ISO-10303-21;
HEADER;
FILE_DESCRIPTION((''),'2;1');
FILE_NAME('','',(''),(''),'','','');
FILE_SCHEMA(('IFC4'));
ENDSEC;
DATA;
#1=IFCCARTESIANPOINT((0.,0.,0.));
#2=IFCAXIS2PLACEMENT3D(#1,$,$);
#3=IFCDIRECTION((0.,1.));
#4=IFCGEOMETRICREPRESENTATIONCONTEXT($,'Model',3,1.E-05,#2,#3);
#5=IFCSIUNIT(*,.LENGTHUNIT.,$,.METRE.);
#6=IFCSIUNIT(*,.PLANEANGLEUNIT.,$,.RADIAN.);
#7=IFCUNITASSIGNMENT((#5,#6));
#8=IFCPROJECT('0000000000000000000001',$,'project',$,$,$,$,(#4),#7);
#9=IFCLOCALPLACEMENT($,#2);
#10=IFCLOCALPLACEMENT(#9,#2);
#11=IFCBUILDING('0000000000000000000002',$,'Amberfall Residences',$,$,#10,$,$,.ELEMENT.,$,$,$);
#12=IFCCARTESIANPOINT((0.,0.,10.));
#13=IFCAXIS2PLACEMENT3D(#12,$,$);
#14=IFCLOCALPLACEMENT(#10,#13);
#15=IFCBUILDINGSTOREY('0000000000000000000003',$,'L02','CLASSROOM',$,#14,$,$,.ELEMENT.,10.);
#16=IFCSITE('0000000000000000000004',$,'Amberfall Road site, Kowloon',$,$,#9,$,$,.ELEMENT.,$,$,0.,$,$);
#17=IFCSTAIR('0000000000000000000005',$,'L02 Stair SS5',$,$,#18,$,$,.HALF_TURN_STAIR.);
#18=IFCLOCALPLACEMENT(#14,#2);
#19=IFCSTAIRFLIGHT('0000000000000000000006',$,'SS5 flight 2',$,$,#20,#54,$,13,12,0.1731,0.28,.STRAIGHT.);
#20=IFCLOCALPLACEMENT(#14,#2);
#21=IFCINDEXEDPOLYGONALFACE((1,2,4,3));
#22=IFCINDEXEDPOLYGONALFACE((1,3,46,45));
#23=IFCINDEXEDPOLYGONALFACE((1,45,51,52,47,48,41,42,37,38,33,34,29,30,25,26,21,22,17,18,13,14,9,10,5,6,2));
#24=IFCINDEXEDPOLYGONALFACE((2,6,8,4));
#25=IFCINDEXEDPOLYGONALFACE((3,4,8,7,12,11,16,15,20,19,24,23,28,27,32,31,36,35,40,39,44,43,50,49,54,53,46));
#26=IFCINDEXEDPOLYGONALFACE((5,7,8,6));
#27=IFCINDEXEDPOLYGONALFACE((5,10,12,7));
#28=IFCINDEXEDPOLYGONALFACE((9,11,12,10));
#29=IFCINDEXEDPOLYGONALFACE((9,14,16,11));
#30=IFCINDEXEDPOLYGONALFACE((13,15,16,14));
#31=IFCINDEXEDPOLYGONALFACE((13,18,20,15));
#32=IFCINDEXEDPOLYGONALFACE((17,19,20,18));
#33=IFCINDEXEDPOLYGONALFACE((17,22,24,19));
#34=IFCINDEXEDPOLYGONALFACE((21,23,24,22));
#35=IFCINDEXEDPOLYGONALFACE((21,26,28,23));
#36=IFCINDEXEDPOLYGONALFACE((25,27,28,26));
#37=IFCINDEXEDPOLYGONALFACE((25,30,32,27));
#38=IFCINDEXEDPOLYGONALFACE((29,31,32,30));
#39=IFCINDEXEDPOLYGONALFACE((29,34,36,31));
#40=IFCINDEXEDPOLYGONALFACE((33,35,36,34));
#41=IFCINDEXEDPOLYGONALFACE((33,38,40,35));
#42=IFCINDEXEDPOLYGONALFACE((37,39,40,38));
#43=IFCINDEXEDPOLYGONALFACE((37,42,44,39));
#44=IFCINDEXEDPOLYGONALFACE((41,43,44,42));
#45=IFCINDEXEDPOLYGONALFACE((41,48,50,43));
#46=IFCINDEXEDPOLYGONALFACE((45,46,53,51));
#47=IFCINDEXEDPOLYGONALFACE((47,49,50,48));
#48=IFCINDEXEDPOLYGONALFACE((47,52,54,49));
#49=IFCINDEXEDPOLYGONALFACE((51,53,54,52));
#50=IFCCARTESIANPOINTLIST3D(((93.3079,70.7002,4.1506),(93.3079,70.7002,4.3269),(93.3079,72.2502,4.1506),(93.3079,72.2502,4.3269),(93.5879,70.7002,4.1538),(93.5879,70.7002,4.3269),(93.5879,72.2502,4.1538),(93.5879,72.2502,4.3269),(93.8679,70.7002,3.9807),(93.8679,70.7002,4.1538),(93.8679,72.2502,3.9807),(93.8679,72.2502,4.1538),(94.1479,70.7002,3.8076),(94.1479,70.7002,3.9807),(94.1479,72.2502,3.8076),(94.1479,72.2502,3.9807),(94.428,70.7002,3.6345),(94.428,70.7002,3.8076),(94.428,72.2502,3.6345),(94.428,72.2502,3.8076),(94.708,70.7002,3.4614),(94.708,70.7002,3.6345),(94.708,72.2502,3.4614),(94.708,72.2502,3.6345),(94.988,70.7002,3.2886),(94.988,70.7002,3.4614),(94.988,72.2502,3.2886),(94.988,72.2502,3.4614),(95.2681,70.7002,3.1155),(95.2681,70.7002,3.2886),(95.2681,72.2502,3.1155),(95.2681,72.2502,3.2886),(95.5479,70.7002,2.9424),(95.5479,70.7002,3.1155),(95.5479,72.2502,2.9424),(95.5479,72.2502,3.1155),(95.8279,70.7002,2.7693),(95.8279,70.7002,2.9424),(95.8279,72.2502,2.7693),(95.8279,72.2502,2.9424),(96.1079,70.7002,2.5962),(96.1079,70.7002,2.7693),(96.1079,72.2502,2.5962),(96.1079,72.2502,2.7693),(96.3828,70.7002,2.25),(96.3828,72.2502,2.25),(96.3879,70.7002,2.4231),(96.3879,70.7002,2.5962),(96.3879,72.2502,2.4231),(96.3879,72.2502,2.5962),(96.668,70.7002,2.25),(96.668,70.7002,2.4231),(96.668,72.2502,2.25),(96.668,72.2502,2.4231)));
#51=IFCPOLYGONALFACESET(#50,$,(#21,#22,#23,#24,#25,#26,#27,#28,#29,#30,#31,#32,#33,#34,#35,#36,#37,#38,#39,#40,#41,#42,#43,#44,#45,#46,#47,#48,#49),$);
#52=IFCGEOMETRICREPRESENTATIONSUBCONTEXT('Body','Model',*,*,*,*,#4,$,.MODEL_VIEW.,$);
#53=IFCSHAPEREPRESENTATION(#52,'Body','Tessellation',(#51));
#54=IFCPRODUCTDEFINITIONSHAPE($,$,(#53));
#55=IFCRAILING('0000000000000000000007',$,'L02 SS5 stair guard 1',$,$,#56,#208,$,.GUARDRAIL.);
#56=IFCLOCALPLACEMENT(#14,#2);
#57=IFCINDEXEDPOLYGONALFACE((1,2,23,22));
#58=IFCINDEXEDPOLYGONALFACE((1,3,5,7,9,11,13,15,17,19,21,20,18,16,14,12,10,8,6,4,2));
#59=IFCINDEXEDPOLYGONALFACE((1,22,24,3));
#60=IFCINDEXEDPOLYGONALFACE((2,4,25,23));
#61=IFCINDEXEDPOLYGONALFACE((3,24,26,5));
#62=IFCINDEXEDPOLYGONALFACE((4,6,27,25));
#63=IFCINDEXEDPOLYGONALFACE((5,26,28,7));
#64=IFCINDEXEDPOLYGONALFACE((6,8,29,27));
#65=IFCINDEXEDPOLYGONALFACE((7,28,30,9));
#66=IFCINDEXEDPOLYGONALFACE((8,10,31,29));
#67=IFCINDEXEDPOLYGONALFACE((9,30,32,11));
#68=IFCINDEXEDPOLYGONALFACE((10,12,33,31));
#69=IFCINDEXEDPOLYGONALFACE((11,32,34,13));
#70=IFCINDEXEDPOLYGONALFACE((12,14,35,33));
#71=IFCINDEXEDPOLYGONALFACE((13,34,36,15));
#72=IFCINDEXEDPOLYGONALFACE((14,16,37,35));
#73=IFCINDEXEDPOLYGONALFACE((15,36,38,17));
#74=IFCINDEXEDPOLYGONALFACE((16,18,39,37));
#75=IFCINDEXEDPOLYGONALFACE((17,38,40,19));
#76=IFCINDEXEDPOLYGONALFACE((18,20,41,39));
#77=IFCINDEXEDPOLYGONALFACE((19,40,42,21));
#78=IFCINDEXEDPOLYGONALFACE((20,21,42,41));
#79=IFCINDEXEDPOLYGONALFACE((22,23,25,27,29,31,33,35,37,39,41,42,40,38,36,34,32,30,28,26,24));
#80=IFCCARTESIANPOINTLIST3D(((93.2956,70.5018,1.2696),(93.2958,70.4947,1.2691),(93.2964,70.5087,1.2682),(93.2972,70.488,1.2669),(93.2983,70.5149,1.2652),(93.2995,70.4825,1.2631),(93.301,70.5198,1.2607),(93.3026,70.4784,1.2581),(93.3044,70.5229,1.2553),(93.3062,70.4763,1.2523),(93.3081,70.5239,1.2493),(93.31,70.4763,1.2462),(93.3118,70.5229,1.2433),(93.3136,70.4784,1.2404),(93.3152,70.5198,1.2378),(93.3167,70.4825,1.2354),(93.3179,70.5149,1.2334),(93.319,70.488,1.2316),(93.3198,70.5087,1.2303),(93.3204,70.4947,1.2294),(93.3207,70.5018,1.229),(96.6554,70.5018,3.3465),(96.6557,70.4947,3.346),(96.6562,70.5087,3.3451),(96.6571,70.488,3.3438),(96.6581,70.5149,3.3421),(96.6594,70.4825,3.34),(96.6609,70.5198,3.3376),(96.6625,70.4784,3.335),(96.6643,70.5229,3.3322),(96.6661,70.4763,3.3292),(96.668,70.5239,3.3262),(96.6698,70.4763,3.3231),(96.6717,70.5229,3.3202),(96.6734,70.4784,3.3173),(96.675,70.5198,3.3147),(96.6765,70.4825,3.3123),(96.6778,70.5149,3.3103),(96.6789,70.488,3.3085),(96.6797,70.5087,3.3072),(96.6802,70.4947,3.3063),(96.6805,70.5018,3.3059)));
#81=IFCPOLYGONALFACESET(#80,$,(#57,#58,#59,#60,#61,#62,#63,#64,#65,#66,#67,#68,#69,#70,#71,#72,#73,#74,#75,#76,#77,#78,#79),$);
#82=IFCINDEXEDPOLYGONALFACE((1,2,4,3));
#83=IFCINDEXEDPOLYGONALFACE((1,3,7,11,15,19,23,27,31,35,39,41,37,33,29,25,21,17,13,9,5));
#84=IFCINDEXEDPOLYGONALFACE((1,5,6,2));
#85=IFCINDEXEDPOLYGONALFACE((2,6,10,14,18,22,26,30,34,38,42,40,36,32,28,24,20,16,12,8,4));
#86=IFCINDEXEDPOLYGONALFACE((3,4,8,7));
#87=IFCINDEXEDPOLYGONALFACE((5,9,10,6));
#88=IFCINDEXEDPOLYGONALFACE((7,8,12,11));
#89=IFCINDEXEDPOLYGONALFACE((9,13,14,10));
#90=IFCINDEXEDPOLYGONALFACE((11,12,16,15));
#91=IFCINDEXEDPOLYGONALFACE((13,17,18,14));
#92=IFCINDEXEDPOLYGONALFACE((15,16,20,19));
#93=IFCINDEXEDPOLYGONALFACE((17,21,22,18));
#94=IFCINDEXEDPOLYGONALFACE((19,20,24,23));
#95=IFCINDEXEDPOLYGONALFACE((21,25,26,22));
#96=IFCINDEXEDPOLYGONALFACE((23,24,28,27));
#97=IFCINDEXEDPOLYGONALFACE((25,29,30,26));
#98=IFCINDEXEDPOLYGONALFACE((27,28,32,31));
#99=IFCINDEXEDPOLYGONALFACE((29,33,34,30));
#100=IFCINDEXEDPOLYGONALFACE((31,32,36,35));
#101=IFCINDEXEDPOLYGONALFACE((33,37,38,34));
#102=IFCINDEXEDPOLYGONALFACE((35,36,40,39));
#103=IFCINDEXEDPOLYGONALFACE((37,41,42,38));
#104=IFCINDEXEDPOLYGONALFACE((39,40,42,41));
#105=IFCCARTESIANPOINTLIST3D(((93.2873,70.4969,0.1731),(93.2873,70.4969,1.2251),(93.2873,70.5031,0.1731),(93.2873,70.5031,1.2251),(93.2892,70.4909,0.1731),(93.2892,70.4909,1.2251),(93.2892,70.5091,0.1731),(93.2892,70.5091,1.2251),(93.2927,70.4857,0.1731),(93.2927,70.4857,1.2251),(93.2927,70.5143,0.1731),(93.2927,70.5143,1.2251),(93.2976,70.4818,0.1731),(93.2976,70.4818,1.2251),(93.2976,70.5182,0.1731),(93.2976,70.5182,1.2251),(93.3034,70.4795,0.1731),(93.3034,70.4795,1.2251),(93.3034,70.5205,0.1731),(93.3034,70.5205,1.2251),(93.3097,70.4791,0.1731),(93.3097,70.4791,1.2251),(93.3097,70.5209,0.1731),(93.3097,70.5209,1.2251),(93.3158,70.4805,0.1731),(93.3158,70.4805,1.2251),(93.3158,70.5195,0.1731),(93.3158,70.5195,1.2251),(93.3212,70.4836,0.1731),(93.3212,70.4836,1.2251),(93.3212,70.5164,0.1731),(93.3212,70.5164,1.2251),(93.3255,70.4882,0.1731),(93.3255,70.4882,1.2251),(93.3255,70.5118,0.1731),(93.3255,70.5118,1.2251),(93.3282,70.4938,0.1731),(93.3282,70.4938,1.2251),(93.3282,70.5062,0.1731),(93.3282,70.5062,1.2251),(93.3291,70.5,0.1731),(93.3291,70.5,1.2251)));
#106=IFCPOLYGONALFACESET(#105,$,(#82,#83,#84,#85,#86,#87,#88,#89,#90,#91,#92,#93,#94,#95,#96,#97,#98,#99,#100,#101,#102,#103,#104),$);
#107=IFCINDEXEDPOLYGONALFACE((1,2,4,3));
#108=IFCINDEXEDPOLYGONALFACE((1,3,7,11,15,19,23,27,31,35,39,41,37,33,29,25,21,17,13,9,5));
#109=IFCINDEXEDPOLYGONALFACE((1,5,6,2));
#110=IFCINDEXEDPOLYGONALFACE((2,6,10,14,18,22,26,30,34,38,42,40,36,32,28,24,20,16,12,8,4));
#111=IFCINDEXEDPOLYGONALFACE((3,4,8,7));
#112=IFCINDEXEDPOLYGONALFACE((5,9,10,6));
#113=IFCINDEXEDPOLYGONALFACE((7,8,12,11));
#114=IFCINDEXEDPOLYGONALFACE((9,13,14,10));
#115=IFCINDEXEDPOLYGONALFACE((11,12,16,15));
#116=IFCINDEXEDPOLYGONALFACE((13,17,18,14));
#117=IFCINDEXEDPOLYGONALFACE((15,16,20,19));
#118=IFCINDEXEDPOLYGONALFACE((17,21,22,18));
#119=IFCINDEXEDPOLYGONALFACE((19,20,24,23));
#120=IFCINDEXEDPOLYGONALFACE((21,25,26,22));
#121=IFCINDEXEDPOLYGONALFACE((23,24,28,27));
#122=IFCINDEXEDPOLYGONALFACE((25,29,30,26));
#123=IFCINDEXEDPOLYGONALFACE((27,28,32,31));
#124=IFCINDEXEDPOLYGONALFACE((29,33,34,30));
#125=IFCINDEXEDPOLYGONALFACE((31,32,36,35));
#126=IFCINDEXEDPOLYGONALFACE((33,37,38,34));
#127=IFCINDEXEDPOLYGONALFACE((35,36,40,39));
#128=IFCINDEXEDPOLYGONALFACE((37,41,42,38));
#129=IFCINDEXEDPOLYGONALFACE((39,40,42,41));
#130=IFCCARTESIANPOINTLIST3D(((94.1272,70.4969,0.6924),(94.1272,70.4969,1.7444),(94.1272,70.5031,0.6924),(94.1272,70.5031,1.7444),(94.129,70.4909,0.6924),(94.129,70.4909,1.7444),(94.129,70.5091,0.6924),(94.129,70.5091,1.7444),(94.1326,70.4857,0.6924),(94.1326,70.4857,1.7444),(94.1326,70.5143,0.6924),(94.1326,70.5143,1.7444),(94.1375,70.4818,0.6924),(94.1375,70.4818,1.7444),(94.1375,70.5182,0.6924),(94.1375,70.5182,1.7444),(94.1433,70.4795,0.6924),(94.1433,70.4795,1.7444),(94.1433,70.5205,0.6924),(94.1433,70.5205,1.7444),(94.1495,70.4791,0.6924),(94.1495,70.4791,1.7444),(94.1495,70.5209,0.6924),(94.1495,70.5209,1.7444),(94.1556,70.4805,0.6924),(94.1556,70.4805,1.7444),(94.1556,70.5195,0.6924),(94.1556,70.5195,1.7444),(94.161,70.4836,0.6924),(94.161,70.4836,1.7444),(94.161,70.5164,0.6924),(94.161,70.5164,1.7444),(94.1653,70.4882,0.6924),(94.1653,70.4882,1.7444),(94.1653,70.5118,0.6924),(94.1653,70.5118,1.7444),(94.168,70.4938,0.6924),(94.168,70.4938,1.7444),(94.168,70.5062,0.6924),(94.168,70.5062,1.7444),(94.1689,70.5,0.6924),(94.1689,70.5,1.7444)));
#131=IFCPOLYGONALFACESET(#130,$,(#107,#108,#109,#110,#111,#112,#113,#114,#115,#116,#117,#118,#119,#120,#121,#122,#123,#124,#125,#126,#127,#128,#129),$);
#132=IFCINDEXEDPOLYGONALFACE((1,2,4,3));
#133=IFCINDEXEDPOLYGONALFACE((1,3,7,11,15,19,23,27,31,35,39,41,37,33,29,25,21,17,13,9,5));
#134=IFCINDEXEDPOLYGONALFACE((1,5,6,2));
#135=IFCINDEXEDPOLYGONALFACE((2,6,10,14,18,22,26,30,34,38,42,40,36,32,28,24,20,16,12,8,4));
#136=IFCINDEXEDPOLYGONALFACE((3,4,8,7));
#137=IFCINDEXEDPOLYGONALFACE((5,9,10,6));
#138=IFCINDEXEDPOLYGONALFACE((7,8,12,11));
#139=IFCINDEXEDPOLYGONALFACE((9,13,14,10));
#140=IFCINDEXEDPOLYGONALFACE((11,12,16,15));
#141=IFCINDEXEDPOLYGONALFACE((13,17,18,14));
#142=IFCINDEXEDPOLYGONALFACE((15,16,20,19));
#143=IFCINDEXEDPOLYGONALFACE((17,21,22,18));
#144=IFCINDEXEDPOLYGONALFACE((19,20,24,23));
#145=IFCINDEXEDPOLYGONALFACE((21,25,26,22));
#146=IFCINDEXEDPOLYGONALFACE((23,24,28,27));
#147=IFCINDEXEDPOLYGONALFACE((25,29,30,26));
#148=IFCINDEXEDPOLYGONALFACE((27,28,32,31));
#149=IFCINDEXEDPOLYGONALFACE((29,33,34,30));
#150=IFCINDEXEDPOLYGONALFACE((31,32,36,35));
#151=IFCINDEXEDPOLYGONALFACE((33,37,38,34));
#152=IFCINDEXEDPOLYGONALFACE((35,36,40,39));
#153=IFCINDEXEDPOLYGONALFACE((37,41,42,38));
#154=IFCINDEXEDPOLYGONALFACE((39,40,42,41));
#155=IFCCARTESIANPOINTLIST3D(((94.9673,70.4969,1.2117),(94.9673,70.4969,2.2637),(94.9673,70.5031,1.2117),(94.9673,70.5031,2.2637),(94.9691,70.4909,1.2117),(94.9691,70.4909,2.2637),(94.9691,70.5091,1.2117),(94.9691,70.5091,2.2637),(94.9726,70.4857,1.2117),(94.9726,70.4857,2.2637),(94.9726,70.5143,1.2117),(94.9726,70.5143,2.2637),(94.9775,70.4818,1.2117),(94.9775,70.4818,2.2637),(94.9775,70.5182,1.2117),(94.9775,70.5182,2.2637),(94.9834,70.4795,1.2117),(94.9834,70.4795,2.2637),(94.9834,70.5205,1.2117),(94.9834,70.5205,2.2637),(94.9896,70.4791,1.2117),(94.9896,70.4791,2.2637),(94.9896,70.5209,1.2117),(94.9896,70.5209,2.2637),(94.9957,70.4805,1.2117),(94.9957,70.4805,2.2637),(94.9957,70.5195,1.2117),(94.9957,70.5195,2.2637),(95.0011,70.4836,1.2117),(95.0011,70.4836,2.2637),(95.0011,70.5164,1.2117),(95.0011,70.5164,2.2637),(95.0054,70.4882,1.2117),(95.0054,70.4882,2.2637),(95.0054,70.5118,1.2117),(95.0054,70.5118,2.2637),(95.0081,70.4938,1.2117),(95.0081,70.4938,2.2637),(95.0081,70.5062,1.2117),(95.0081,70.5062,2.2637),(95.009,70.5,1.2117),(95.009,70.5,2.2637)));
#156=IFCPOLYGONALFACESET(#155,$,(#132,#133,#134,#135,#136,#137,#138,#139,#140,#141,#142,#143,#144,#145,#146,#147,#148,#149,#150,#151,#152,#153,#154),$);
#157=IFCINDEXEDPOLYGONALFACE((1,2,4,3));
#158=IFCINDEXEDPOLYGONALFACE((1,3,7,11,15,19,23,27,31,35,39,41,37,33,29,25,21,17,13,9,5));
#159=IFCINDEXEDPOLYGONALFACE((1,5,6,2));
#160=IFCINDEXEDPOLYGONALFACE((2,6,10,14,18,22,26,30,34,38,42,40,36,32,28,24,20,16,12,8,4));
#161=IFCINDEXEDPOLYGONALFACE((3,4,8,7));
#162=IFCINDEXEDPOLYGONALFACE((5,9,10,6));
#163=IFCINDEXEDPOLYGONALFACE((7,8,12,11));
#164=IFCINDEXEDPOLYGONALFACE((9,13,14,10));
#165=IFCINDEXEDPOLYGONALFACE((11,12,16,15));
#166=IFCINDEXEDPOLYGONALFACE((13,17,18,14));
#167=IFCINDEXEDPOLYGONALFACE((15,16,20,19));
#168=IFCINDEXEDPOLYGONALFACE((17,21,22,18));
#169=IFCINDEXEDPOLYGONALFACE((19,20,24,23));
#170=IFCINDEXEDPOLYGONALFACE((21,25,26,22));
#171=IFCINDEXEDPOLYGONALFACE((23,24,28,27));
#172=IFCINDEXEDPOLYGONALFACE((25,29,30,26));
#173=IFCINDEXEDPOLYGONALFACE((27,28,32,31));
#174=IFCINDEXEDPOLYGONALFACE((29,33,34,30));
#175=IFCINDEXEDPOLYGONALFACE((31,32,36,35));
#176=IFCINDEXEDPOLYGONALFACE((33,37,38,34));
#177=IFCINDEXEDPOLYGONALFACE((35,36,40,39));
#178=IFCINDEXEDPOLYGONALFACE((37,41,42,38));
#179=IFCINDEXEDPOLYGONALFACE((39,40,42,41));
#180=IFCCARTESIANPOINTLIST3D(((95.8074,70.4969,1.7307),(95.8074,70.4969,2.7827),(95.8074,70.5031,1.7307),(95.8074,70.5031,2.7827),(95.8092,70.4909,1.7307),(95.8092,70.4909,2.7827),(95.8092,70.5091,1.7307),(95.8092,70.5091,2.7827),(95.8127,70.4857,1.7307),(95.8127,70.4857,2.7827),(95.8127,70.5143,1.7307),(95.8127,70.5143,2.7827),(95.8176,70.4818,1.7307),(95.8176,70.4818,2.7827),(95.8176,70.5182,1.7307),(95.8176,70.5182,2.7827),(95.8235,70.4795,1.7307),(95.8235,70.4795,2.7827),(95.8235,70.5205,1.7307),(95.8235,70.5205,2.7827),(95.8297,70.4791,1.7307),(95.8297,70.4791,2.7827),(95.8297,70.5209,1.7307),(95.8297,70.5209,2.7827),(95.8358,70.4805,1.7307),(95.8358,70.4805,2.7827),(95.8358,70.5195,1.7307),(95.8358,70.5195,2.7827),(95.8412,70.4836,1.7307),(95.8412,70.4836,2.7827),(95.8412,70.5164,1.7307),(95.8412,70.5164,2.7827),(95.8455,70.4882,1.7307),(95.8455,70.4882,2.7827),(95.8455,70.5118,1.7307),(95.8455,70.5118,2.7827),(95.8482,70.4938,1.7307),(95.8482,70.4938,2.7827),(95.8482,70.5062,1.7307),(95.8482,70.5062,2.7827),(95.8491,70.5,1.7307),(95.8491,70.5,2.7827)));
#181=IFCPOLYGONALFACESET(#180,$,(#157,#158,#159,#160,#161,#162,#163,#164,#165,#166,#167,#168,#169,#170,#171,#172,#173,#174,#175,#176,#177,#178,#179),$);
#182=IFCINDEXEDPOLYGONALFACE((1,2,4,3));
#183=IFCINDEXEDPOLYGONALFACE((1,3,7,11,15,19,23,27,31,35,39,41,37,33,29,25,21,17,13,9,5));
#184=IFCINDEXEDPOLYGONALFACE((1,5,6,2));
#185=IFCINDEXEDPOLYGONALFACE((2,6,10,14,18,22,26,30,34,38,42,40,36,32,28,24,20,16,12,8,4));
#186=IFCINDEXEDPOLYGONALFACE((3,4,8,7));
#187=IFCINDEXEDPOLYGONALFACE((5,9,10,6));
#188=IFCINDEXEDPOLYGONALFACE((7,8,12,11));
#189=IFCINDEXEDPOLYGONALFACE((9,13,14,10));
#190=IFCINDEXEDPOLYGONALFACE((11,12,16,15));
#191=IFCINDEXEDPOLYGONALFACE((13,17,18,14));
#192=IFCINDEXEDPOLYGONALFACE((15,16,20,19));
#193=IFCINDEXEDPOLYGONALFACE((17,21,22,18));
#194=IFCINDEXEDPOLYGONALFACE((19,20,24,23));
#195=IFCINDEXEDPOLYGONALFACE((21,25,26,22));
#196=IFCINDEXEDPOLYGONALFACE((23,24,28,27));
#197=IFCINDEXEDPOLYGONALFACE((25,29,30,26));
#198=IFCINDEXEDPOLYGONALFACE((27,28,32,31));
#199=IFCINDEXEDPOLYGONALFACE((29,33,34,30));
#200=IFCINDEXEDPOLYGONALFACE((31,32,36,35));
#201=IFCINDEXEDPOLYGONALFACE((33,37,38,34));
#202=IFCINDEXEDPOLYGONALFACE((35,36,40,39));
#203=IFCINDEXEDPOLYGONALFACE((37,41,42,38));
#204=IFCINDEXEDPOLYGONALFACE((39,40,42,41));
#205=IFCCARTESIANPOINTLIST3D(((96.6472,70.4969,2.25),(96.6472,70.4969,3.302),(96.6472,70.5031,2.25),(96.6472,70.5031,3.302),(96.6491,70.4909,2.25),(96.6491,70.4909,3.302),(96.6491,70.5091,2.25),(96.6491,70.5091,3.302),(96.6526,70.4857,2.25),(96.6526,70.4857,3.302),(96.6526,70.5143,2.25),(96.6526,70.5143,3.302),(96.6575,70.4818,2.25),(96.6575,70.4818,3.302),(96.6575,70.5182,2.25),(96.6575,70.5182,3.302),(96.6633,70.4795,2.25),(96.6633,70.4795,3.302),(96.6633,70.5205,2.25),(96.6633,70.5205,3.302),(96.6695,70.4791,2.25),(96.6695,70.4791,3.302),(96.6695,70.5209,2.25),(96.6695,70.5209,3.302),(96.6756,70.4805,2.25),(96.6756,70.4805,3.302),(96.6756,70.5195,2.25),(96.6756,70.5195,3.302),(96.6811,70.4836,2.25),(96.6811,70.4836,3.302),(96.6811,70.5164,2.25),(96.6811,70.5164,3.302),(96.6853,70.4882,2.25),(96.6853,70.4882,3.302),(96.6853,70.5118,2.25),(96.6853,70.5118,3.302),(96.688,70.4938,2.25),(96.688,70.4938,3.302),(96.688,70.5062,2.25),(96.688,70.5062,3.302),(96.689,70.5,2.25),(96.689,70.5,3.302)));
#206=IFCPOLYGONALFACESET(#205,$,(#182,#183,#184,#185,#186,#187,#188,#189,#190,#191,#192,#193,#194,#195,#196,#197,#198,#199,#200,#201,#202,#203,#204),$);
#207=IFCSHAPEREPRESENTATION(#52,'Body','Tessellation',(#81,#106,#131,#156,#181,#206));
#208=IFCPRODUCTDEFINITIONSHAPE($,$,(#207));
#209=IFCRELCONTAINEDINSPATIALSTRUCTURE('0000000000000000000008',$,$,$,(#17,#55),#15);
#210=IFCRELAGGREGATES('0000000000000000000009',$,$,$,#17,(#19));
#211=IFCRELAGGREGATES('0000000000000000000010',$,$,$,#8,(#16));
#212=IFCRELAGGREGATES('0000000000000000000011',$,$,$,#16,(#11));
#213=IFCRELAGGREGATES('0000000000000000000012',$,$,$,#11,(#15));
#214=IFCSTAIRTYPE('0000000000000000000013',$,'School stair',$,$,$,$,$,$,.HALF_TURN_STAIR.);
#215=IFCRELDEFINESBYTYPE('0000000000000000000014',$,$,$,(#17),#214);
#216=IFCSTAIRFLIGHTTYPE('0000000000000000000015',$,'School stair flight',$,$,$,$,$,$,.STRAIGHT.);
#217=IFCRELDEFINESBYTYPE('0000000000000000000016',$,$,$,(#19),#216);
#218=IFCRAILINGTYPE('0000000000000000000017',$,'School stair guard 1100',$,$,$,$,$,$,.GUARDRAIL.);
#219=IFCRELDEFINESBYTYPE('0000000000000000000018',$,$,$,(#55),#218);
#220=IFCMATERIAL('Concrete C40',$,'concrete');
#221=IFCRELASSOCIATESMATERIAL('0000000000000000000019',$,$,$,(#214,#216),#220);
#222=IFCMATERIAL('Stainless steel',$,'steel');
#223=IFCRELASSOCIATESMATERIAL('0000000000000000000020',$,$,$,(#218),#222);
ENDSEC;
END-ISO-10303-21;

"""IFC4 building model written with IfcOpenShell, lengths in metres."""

from ifc_helpers import new_model, si_unit, direction, frame, origin, origin_2d, place, context, subcontext, project, spatial, polyline, circle, outline, extrude, material, type_object, element, aggregate, save


model = new_model("IFC4")

# Units and contexts
model_context = context("Model", 3, precision=1e-05, world=origin(), true_north=direction((0.0, 1.0)))
body_context = subcontext(model_context, "Body", "Model", "MODEL_VIEW")
ifc_project = project(units=[si_unit("LENGTHUNIT", "METRE"), si_unit("PLANEANGLEUNIT", "RADIAN")], contexts=[model_context])

# Site, building, storey
site_placement = place(None, origin())
site = spatial("IfcSite", under=ifc_project, at=site_placement, Name="Amberfall Road site, Kowloon", CompositionType="ELEMENT", RefElevation=0.0)
building_placement = place(site_placement, origin())
building = spatial("IfcBuilding", under=site, at=building_placement, Name="Amberfall Residences", CompositionType="ELEMENT")
storey_placement = place(building_placement, frame((0.0, 0.0, 10.0)))
storey = spatial("IfcBuildingStorey", under=building, at=storey_placement, Name="L02", Description="CLASSROOM", CompositionType="ELEMENT", Elevation=10.0)

# Shared definitions
ifc_material_1 = material(Name="Concrete C40", Category="concrete")

# Stair, stair flight
stair_type = type_object("IfcStairType", Name="School stair", PredefinedType="HALF_TURN_STAIR", material=ifc_material_1)
stair_placement = place(storey_placement, origin())
stair = element("IfcStair", 1, at=stair_placement, inside=storey, type_object=stair_type, Name="L02 Stair SS5", PredefinedType="HALF_TURN_STAIR")
stair_flight_type = type_object("IfcStairFlightType", Name="School stair flight", PredefinedType="STRAIGHT", material=ifc_material_1)
stair_flight_1_placement = place(storey_placement, frame((96.668, 71.4751, 2.25), z_axis=(0.0, 0.0, 1.0), x_axis=(-1.0, 0.0, 0.0)))
stair_flight_1 = element("IfcStairFlight", 2, at=stair_flight_1_placement, type_object=stair_flight_type, Name="SS5 flight 2", NumberOfRisers=13, NumberOfTreads=12, PredefinedType="STRAIGHT", RiserHeight=0.1731, TreadLength=0.28, context=body_context, shape_type="SweptSolid", body=[
    extrude(outline(polyline([(0.0, 0.0), (0.0, 0.1731), (0.28, 0.1731), (0.28, 0.3462), (0.5601, 0.3462), (0.5601, 0.5193), (0.8401, 0.5193), (0.8401, 0.6924), (1.1201, 0.6924), (1.1201, 0.8655), (1.3999, 0.8655), (1.3999, 1.0386), (1.6799, 1.0386), (1.6799, 1.2114), (1.96, 1.2114), (1.96, 1.3845), (2.24, 1.3845), (2.24, 1.5576), (2.52, 1.5576), (2.52, 1.7307), (2.8, 1.7307), (2.8, 1.9038), (3.0801, 1.9038), (3.0801, 2.0769), (3.3601, 2.0769), (3.3601, 2.25), (3.3601, 1.9006), (0.2852, 0.0), (0.0, 0.0)])), frame((0.0, 0.7749, 0.0), z_axis=(0.0, -1.0, 0.0), x_axis=(1.0, 0.0, 0.0)), (0.0, 0.0, 1.0), 1.55),
])
aggregate(stair, [stair_flight_1])

# Railing
ifc_material_2 = material(Name="Stainless steel", Category="steel")
railing_type_1 = type_object("IfcRailingType", Name="School stair guard 1100", PredefinedType="GUARDRAIL", material=ifc_material_2)
railing_1_placement = place(storey_placement, frame((93.3081, 70.5, 0.1731)))
element("IfcRailing", 3, at=railing_1_placement, inside=storey, type_object=railing_type_1, Name="L02 SS5 stair guard 1", PredefinedType="GUARDRAIL", context=body_context, shape_type="SweptSolid", body=[
    extrude(circle(Radius=0.0239, at=origin_2d()), frame((0.0, 0.0, 1.0762), z_axis=(0.850606, 0.0, 0.525803), x_axis=(0.0, 1.0, 0.0)), (0.0, 0.0, 1.0), 3.95),
    extrude(circle(Radius=0.021, at=origin_2d()), origin(), (0.0, 0.0, 1.0), 1.052),
    extrude(circle(Radius=0.021, at=origin_2d()), frame((0.8398, 0.0, 0.5193)), (0.0, 0.0, 1.0), 1.052),
    extrude(circle(Radius=0.021, at=origin_2d()), frame((1.6799, 0.0, 1.0386)), (0.0, 0.0, 1.0), 1.052),
    extrude(circle(Radius=0.021, at=origin_2d()), frame((2.52, 0.0, 1.5576)), (0.0, 0.0, 1.0), 1.052),
    extrude(circle(Radius=0.021, at=origin_2d()), frame((3.3599, 0.0, 2.0769)), (0.0, 0.0, 1.0), 1.052),
])

save(model, "model.ifc")
